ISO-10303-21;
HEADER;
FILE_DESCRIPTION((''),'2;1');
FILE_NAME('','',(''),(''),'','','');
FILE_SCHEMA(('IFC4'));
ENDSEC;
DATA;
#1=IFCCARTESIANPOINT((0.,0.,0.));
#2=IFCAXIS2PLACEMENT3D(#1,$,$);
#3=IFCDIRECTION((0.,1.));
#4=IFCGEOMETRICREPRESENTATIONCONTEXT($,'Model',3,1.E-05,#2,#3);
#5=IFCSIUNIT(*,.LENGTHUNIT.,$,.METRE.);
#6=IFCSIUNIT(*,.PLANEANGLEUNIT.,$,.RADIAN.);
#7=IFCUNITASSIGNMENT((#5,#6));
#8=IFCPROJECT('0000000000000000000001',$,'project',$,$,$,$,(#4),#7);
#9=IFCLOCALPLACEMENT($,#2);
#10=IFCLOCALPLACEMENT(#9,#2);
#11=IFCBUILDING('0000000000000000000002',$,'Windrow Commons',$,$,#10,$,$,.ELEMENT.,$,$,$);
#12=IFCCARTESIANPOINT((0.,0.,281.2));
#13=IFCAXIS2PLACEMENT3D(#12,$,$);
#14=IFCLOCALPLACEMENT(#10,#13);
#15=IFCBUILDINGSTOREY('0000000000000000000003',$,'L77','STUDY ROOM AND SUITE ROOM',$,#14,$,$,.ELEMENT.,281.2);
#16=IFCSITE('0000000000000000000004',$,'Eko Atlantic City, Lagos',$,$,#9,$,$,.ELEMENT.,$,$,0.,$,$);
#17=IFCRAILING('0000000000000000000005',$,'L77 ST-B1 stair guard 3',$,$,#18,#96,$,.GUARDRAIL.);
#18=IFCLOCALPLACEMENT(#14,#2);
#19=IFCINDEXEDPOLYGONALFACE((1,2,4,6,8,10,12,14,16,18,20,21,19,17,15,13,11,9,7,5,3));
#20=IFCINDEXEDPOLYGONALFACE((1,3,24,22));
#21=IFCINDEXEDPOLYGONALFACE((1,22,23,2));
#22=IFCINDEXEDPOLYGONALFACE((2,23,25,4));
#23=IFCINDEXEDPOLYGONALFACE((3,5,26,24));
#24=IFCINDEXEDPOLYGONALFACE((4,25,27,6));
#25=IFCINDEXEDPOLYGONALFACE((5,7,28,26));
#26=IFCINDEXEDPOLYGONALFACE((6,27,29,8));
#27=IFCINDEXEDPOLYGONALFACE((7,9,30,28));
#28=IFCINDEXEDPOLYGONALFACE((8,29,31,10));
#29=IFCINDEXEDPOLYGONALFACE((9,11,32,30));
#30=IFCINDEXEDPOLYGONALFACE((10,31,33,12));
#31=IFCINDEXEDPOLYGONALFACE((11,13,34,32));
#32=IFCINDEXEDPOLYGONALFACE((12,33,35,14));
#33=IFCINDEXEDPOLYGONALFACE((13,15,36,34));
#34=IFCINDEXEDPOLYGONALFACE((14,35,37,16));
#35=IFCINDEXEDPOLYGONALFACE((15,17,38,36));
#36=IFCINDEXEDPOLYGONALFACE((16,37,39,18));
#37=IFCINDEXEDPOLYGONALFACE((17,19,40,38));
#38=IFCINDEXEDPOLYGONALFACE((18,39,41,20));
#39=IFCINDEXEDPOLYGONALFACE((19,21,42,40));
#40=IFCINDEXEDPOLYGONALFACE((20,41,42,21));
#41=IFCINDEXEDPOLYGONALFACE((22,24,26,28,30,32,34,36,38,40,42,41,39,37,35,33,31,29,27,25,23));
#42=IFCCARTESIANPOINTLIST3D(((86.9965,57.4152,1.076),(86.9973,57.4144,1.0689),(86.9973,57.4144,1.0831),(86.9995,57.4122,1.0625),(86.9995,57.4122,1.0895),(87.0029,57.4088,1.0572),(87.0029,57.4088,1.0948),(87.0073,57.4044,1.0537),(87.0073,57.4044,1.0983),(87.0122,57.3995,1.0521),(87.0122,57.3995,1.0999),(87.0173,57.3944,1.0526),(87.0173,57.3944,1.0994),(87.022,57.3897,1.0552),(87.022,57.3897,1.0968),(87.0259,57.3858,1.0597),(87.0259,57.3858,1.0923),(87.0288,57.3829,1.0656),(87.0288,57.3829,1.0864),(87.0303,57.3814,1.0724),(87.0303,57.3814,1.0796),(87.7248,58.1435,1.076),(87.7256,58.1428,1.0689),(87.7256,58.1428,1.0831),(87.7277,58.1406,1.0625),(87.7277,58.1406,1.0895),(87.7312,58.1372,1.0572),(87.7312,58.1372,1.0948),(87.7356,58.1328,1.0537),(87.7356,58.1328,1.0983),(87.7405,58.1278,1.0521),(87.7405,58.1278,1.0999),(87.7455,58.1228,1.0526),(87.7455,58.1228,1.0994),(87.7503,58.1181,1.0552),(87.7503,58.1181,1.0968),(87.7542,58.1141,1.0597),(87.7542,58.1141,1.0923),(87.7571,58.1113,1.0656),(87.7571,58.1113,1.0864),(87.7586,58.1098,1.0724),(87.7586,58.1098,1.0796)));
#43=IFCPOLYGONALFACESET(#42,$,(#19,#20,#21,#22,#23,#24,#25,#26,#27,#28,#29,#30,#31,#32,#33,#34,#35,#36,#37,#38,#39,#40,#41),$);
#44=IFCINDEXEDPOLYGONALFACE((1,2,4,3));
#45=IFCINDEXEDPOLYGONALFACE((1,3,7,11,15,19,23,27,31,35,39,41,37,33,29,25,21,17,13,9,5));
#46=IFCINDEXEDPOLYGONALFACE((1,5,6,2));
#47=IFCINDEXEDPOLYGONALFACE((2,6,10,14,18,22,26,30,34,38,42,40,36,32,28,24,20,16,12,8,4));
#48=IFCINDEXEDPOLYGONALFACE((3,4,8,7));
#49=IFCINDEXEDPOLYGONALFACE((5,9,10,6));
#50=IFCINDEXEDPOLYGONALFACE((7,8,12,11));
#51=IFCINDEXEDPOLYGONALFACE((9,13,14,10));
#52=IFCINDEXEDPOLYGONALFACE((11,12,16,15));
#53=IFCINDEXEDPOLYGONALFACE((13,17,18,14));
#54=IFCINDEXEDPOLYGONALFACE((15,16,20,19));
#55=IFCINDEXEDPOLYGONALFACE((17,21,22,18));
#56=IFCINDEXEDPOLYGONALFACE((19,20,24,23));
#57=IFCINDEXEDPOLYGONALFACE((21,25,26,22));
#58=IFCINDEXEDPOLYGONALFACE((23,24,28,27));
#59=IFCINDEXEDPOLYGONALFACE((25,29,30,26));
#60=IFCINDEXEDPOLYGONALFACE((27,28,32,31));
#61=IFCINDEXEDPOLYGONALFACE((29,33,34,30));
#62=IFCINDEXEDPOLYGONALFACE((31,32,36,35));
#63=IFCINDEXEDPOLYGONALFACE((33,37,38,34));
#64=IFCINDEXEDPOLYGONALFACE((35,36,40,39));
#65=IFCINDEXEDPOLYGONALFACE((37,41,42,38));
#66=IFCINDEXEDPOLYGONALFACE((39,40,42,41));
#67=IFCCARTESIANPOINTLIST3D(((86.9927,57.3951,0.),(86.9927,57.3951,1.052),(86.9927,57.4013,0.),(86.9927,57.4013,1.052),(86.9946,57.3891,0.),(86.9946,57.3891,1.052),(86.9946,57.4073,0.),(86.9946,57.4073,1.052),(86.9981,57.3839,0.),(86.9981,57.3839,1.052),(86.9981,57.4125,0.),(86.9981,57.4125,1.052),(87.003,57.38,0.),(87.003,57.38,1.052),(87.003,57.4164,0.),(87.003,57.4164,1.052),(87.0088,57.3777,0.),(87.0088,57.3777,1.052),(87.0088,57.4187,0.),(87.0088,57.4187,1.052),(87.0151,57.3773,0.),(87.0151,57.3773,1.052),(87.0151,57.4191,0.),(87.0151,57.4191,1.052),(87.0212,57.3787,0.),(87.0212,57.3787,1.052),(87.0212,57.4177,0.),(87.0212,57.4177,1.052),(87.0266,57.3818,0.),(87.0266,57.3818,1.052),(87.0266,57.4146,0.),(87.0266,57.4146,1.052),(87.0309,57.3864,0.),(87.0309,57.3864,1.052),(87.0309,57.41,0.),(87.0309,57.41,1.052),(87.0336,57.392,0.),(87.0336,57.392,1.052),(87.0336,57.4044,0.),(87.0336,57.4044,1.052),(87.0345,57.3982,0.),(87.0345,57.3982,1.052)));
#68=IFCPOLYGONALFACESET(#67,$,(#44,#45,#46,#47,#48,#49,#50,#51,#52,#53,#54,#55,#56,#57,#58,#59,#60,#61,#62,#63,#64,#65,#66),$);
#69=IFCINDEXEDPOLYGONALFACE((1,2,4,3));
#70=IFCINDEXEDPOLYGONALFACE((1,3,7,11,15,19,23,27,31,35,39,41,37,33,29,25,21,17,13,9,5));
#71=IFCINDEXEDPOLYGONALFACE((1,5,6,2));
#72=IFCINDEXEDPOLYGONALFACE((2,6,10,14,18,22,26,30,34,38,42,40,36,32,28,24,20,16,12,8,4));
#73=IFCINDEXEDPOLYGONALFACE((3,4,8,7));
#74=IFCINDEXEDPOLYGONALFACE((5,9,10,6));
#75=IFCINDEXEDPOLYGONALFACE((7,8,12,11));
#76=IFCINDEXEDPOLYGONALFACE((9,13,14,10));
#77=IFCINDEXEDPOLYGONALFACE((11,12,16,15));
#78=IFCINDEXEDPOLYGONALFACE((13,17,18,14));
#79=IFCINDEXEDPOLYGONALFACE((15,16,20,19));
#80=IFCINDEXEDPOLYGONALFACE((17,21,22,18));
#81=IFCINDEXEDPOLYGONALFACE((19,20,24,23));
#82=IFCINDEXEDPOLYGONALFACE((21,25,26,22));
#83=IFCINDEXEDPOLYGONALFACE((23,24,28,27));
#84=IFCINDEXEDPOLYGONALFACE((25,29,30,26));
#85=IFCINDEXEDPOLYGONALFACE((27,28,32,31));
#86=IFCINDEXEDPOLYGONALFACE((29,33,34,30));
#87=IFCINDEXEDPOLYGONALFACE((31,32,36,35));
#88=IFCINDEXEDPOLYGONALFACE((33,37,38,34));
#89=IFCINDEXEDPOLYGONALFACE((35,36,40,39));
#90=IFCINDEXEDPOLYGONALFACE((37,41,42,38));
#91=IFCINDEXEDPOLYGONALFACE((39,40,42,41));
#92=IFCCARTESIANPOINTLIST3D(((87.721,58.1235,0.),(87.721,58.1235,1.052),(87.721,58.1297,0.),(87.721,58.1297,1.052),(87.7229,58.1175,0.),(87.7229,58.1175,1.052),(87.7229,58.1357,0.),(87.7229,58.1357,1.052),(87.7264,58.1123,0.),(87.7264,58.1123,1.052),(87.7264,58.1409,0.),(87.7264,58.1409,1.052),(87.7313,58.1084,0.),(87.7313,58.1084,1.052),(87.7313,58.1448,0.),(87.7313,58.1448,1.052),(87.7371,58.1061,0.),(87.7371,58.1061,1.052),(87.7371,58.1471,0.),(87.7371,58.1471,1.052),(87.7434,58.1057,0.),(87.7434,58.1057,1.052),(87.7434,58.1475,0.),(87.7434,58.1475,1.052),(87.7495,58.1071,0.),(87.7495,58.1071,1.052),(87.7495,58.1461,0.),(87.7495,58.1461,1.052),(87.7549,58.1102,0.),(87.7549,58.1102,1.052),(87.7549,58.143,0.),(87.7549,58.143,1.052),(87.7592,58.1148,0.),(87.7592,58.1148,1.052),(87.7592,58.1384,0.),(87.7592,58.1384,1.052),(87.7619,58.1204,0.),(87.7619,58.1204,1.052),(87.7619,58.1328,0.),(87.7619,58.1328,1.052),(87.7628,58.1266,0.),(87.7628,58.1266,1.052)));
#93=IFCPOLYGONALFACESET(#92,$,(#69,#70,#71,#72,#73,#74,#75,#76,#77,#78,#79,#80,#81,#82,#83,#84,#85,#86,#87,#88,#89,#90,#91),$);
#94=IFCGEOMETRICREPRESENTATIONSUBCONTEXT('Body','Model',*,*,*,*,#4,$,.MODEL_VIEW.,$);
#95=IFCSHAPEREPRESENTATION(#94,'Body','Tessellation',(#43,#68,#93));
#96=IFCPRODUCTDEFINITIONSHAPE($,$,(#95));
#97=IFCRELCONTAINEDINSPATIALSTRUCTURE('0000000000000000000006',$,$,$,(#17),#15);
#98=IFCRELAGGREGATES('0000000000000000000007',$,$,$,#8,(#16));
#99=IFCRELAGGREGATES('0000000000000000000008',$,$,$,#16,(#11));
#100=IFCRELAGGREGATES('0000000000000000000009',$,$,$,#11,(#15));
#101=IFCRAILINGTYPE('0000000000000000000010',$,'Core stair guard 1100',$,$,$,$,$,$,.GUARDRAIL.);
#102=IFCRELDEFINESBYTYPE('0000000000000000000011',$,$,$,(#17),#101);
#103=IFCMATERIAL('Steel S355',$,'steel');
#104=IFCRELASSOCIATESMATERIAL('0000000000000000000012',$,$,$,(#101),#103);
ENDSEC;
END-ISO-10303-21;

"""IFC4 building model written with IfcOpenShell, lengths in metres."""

from ifc_helpers import new_model, si_unit, direction, frame, origin, origin_2d, place, context, subcontext, project, spatial, circle, extrude, material, type_object, element, save


model = new_model("IFC4")

# Units and contexts
model_context = context("Model", 3, precision=1e-05, world=origin(), true_north=direction((0.0, 1.0)))
body_context = subcontext(model_context, "Body", "Model", "MODEL_VIEW")
ifc_project = project(units=[si_unit("LENGTHUNIT", "METRE"), si_unit("PLANEANGLEUNIT", "RADIAN")], contexts=[model_context])

# Site, building, storey
site_placement = place(None, origin())
site = spatial("IfcSite", under=ifc_project, at=site_placement, Name="Eko Atlantic City, Lagos", CompositionType="ELEMENT", RefElevation=0.0)
building_placement = place(site_placement, origin())
building = spatial("IfcBuilding", under=site, at=building_placement, Name="Windrow Commons", CompositionType="ELEMENT")
storey_placement = place(building_placement, frame((0.0, 0.0, 281.2)))
storey = spatial("IfcBuildingStorey", under=building, at=storey_placement, Name="L77", Description="STUDY ROOM AND SUITE ROOM", CompositionType="ELEMENT", Elevation=281.2)

# Railing
ifc_material_1 = material(Name="Steel S355", Category="steel")
railing_type = type_object("IfcRailingType", Name="Core stair guard 1100", PredefinedType="GUARDRAIL", material=ifc_material_1)
railing_placement = place(storey_placement, frame((87.0135, 57.3982, 0.0)))
element("IfcRailing", 1, at=railing_placement, inside=storey, type_object=railing_type, Name="L77 ST-B1 stair guard 3", PredefinedType="GUARDRAIL", context=body_context, shape_type="SweptSolid", body=[
    extrude(circle(Radius=0.024, at=origin_2d()), frame((0.0, 0.0, 1.076), z_axis=(0.707058, 0.707155, 0.0), x_axis=(-0.707155, 0.707058, 0.0)), (0.0, 0.0, 1.0), 1.03),
    extrude(circle(Radius=0.021, at=origin_2d()), origin(), (0.0, 0.0, 1.0), 1.052),
    extrude(circle(Radius=0.021, at=origin_2d()), frame((0.7283, 0.7284, 0.0)), (0.0, 0.0, 1.0), 1.052),
])

save(model, "model.ifc")
